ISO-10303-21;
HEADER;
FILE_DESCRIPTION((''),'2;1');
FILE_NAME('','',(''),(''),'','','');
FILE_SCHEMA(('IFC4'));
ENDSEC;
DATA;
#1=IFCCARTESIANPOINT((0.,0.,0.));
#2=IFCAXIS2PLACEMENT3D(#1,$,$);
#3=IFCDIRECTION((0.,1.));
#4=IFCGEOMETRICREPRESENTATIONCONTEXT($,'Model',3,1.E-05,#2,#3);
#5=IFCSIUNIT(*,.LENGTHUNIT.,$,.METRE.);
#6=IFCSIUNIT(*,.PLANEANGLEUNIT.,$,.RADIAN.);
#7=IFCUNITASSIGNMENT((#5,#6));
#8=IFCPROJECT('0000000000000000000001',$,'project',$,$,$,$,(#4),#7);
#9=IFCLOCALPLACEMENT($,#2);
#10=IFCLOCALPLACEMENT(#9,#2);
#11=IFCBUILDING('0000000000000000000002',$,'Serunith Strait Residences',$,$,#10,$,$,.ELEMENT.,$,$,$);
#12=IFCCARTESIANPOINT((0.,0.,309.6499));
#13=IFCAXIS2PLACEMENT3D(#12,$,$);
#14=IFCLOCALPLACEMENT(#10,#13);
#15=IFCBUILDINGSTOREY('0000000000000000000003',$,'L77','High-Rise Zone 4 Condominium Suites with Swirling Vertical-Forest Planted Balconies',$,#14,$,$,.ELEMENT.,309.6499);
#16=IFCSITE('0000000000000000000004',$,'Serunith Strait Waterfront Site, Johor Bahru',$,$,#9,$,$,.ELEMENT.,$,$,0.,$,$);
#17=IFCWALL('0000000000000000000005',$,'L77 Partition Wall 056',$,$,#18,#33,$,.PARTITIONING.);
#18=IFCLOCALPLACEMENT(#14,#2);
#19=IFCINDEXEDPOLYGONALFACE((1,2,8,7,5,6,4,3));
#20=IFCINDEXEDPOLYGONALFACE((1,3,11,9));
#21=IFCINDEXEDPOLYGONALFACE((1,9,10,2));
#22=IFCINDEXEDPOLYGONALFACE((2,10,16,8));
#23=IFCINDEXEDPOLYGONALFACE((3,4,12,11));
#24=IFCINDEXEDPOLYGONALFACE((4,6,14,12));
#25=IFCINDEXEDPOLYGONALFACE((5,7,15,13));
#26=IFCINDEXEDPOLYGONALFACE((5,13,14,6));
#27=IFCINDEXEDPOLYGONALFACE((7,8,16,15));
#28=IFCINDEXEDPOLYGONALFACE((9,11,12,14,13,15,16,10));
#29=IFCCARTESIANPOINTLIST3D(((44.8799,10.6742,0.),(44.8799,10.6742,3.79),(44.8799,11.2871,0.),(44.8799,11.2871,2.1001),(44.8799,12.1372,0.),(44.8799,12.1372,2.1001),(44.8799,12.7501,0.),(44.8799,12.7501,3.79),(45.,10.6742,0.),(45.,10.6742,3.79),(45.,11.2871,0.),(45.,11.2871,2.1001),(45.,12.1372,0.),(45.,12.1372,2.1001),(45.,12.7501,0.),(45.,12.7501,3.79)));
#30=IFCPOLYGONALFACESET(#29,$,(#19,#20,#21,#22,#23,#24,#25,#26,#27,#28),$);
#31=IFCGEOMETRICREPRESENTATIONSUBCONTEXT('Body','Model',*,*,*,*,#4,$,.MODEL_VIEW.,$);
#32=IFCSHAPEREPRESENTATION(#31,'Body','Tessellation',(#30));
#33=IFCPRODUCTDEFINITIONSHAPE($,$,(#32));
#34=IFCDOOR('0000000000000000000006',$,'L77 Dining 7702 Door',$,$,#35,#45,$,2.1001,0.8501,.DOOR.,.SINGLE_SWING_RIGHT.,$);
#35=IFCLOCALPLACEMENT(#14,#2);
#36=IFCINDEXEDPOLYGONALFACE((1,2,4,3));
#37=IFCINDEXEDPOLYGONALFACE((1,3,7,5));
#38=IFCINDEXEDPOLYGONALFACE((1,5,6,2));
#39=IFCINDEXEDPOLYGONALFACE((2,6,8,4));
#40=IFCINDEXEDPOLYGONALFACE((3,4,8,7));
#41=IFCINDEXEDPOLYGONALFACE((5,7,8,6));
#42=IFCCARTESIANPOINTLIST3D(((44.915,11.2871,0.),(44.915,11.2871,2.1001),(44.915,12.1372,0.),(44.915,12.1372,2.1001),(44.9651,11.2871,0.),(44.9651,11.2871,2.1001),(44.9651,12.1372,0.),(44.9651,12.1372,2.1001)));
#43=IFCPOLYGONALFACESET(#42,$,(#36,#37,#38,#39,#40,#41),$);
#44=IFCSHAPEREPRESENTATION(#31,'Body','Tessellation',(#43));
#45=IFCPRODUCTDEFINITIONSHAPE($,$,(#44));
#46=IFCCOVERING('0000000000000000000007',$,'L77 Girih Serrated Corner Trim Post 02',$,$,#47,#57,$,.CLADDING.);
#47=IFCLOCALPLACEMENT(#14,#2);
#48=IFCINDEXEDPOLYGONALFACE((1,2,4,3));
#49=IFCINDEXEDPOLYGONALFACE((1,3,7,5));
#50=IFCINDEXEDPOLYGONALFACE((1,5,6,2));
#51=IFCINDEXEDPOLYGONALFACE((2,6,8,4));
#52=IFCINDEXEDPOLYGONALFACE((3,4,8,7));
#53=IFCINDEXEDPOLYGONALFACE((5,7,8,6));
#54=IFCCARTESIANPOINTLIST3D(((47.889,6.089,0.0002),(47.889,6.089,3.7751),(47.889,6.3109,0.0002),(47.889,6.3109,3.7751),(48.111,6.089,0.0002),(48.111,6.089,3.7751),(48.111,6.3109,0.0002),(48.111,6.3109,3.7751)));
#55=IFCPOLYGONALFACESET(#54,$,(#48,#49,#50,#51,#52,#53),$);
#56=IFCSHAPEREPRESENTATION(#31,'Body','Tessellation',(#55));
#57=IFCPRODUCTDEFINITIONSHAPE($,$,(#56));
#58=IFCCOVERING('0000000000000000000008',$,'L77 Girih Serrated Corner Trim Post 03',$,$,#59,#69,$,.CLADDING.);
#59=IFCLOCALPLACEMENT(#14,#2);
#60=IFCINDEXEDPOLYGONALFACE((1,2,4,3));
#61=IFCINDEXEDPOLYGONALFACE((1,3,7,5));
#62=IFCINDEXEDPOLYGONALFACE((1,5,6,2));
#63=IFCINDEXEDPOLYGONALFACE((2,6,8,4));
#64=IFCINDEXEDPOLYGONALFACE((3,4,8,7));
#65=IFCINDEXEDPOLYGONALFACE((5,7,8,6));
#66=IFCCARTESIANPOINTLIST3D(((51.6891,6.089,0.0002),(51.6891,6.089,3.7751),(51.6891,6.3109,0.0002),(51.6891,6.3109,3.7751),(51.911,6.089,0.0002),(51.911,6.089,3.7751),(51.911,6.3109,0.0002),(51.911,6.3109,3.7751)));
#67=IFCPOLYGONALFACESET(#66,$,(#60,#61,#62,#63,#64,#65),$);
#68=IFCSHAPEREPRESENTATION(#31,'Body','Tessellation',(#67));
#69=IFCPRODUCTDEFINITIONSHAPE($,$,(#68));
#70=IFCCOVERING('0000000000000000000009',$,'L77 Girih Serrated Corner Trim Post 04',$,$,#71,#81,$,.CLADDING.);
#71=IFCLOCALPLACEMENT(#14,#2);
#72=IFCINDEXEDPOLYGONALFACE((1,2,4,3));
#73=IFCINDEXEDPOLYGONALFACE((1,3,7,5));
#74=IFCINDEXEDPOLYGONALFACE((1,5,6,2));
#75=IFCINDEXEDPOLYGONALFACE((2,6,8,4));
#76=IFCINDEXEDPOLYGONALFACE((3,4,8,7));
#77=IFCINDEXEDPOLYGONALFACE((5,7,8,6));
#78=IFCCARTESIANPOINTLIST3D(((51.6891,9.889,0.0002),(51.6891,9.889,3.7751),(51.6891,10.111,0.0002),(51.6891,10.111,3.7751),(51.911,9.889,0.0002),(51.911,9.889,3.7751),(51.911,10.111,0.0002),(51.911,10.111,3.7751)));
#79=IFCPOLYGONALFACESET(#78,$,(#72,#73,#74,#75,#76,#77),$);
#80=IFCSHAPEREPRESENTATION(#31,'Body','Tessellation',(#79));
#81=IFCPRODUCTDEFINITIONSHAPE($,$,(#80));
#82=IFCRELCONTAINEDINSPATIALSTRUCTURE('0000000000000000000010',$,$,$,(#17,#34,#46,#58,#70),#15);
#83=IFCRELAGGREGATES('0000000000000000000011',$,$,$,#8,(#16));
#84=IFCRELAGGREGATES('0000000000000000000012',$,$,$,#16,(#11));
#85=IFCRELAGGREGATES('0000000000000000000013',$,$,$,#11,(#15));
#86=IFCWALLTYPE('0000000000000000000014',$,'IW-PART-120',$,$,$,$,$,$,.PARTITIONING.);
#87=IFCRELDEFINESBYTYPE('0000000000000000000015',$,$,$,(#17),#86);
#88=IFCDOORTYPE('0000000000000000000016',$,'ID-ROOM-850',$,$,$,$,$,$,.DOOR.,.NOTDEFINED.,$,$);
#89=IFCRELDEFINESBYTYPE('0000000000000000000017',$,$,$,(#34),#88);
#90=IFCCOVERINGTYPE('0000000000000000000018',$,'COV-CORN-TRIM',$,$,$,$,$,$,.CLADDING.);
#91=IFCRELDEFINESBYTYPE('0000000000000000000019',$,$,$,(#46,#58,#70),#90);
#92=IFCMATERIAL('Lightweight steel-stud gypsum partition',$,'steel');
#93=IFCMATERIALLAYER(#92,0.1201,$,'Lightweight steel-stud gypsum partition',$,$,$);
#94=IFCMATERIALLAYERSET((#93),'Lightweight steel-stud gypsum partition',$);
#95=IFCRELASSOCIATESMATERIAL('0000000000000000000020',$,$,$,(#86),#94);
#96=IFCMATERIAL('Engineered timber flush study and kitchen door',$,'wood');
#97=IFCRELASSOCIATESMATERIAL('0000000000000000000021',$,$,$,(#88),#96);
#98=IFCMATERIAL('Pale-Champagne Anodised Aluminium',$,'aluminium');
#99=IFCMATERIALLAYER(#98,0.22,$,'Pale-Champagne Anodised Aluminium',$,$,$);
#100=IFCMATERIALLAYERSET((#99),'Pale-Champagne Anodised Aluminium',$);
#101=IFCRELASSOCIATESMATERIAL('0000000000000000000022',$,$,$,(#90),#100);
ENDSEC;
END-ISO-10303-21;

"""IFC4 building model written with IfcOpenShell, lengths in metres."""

from ifc_helpers import new_model, si_unit, direction, frame, frame_2d, origin, origin_2d, place, context, subcontext, project, spatial, rectangle, extrude, source, transform, mapped, material, layer, layer_set, type_object, element, fill, save


model = new_model("IFC4")

# Units and contexts
model_context = context("Model", 3, precision=1e-05, world=origin(), true_north=direction((0.0, 1.0)))
body_context = subcontext(model_context, "Body", "Model", "MODEL_VIEW")
ifc_project = project(units=[si_unit("LENGTHUNIT", "METRE"), si_unit("PLANEANGLEUNIT", "RADIAN")], contexts=[model_context])

# Site, building, storey
site_placement = place(None, origin())
site = spatial("IfcSite", under=ifc_project, at=site_placement, Name="Serunith Strait Waterfront Site, Johor Bahru", CompositionType="ELEMENT", RefElevation=0.0)
building_placement = place(site_placement, origin())
building = spatial("IfcBuilding", under=site, at=building_placement, Name="Serunith Strait Residences", CompositionType="ELEMENT")
storey_placement = place(building_placement, frame((0.0, 0.0, 309.6499)))
storey = spatial("IfcBuildingStorey", under=building, at=storey_placement, Name="L77", Description="High-Rise Zone 4 Condominium Suites with Swirling Vertical-Forest Planted Balconies", CompositionType="ELEMENT", Elevation=309.6499)

# Shared definitions
ifc_material_1 = material(Name="Lightweight steel-stud gypsum partition", Category="steel")
ifc_layer_1 = layer(ifc_material_1, 0.1201, Name="Lightweight steel-stud gypsum partition")
ifc_layer_set_1 = layer_set([ifc_layer_1], Name="Lightweight steel-stud gypsum partition")
wall_type_1 = type_object("IfcWallType", Name="IW-PART-120", PredefinedType="PARTITIONING", material=ifc_layer_set_1)

# Wall, opening, door
wall_1_placement = place(storey_placement, frame((44.9399, 10.6741, 0.0), z_axis=(0.0, 0.0, 1.0), x_axis=(0.0, 1.0, 0.0)))
wall_1 = element("IfcWall", 1, at=wall_1_placement, inside=storey, type_object=wall_type_1, Name="L77 Partition Wall 056", PredefinedType="PARTITIONING", context=body_context, shape_type="SweptSolid", body=[
    extrude(rectangle(XDim=2.0759, YDim=0.1201, at=frame_2d((1.0381, 0.0))), origin(), (0.0, 0.0, 1.0), 3.79),
])
opening_1_placement = place(wall_1_placement, frame((0.613, 0.0, 0.0)))
opening_1 = element("IfcOpeningElement", 2, at=opening_1_placement, cuts=wall_1, PredefinedType="OPENING", context=body_context, shape_type="SweptSolid", body=[
    extrude(rectangle(XDim=0.8501, YDim=2.1001, at=frame_2d((0.425, 1.05))), frame((0.0, 0.0701, 0.0), z_axis=(0.0, -1.0, 0.0), x_axis=(1.0, 0.0, 0.0)), (0.0, 0.0, 1.0), 0.1401),
])
ifc_material_2 = material(Name="Engineered timber flush study and kitchen door", Category="wood")
door_type_1 = type_object("IfcDoorType", Name="ID-ROOM-850", OperationType="NOTDEFINED", PredefinedType="DOOR", material=ifc_material_2)
shared_shape_1 = source(origin(), body_context, "Body", "SweptSolid", [
    extrude(rectangle(XDim=0.8501, YDim=2.1001, at=frame_2d((0.425, 1.05))), frame((0.0, 0.0249, 0.0), z_axis=(0.0, -1.0, 0.0), x_axis=(1.0, 0.0, 0.0)), (0.0, 0.0, 1.0), 0.05),
])
door_1_placement = place(opening_1_placement, origin())
door_1 = element("IfcDoor", 3, at=door_1_placement, inside=storey, type_object=door_type_1, Name="L77 Dining 7702 Door", OperationType="SINGLE_SWING_RIGHT", OverallHeight=2.1001, OverallWidth=0.8501, PredefinedType="DOOR", context=body_context, shape_type="MappedRepresentation", body=[
    mapped(shared_shape_1, transform((0.0, 0.0, 0.0), scale=1.0)),
])
fill(opening_1, door_1)

# Coverings
ifc_material_3 = material(Name="Pale-Champagne Anodised Aluminium", Category="aluminium")
ifc_layer_2 = layer(ifc_material_3, 0.22, Name="Pale-Champagne Anodised Aluminium")
ifc_layer_set_2 = layer_set([ifc_layer_2], Name="Pale-Champagne Anodised Aluminium")
covering_type = type_object("IfcCoveringType", Name="COV-CORN-TRIM", PredefinedType="CLADDING", material=ifc_layer_set_2)
shared_shape_2 = source(origin(), body_context, "Body", "SweptSolid", [
    extrude(rectangle(XDim=0.2219, YDim=0.2219, at=origin_2d()), origin(), (0.0, 0.0, 1.0), 3.7749),
])
for number, where, z_axis, x_axis, name in (
    (4, (48.0, 6.2, 0.0002), (0.0, 0.0, 1.0), (1.0, 0.0, 0.0), "L77 Girih Serrated Corner Trim Post 02"),
    (5, (51.8, 6.2, 0.0002), (0.0, 0.0, 1.0), (1.0, 0.0, 0.0), "L77 Girih Serrated Corner Trim Post 03"),
    (6, (51.8, 10.0, 0.0002), (0.0, 0.0, 1.0), (1.0, 0.0, 0.0), "L77 Girih Serrated Corner Trim Post 04"),
):
    element("IfcCovering", number, at=place(storey_placement, frame(where, z_axis=z_axis, x_axis=x_axis)), inside=storey, type_object=covering_type, Name=name, PredefinedType="CLADDING", context=body_context, shape_type="MappedRepresentation", body=[
        mapped(shared_shape_2, transform((0.0, 0.0, 0.0), scale=1.0)),
    ])

save(model, "model.ifc")
